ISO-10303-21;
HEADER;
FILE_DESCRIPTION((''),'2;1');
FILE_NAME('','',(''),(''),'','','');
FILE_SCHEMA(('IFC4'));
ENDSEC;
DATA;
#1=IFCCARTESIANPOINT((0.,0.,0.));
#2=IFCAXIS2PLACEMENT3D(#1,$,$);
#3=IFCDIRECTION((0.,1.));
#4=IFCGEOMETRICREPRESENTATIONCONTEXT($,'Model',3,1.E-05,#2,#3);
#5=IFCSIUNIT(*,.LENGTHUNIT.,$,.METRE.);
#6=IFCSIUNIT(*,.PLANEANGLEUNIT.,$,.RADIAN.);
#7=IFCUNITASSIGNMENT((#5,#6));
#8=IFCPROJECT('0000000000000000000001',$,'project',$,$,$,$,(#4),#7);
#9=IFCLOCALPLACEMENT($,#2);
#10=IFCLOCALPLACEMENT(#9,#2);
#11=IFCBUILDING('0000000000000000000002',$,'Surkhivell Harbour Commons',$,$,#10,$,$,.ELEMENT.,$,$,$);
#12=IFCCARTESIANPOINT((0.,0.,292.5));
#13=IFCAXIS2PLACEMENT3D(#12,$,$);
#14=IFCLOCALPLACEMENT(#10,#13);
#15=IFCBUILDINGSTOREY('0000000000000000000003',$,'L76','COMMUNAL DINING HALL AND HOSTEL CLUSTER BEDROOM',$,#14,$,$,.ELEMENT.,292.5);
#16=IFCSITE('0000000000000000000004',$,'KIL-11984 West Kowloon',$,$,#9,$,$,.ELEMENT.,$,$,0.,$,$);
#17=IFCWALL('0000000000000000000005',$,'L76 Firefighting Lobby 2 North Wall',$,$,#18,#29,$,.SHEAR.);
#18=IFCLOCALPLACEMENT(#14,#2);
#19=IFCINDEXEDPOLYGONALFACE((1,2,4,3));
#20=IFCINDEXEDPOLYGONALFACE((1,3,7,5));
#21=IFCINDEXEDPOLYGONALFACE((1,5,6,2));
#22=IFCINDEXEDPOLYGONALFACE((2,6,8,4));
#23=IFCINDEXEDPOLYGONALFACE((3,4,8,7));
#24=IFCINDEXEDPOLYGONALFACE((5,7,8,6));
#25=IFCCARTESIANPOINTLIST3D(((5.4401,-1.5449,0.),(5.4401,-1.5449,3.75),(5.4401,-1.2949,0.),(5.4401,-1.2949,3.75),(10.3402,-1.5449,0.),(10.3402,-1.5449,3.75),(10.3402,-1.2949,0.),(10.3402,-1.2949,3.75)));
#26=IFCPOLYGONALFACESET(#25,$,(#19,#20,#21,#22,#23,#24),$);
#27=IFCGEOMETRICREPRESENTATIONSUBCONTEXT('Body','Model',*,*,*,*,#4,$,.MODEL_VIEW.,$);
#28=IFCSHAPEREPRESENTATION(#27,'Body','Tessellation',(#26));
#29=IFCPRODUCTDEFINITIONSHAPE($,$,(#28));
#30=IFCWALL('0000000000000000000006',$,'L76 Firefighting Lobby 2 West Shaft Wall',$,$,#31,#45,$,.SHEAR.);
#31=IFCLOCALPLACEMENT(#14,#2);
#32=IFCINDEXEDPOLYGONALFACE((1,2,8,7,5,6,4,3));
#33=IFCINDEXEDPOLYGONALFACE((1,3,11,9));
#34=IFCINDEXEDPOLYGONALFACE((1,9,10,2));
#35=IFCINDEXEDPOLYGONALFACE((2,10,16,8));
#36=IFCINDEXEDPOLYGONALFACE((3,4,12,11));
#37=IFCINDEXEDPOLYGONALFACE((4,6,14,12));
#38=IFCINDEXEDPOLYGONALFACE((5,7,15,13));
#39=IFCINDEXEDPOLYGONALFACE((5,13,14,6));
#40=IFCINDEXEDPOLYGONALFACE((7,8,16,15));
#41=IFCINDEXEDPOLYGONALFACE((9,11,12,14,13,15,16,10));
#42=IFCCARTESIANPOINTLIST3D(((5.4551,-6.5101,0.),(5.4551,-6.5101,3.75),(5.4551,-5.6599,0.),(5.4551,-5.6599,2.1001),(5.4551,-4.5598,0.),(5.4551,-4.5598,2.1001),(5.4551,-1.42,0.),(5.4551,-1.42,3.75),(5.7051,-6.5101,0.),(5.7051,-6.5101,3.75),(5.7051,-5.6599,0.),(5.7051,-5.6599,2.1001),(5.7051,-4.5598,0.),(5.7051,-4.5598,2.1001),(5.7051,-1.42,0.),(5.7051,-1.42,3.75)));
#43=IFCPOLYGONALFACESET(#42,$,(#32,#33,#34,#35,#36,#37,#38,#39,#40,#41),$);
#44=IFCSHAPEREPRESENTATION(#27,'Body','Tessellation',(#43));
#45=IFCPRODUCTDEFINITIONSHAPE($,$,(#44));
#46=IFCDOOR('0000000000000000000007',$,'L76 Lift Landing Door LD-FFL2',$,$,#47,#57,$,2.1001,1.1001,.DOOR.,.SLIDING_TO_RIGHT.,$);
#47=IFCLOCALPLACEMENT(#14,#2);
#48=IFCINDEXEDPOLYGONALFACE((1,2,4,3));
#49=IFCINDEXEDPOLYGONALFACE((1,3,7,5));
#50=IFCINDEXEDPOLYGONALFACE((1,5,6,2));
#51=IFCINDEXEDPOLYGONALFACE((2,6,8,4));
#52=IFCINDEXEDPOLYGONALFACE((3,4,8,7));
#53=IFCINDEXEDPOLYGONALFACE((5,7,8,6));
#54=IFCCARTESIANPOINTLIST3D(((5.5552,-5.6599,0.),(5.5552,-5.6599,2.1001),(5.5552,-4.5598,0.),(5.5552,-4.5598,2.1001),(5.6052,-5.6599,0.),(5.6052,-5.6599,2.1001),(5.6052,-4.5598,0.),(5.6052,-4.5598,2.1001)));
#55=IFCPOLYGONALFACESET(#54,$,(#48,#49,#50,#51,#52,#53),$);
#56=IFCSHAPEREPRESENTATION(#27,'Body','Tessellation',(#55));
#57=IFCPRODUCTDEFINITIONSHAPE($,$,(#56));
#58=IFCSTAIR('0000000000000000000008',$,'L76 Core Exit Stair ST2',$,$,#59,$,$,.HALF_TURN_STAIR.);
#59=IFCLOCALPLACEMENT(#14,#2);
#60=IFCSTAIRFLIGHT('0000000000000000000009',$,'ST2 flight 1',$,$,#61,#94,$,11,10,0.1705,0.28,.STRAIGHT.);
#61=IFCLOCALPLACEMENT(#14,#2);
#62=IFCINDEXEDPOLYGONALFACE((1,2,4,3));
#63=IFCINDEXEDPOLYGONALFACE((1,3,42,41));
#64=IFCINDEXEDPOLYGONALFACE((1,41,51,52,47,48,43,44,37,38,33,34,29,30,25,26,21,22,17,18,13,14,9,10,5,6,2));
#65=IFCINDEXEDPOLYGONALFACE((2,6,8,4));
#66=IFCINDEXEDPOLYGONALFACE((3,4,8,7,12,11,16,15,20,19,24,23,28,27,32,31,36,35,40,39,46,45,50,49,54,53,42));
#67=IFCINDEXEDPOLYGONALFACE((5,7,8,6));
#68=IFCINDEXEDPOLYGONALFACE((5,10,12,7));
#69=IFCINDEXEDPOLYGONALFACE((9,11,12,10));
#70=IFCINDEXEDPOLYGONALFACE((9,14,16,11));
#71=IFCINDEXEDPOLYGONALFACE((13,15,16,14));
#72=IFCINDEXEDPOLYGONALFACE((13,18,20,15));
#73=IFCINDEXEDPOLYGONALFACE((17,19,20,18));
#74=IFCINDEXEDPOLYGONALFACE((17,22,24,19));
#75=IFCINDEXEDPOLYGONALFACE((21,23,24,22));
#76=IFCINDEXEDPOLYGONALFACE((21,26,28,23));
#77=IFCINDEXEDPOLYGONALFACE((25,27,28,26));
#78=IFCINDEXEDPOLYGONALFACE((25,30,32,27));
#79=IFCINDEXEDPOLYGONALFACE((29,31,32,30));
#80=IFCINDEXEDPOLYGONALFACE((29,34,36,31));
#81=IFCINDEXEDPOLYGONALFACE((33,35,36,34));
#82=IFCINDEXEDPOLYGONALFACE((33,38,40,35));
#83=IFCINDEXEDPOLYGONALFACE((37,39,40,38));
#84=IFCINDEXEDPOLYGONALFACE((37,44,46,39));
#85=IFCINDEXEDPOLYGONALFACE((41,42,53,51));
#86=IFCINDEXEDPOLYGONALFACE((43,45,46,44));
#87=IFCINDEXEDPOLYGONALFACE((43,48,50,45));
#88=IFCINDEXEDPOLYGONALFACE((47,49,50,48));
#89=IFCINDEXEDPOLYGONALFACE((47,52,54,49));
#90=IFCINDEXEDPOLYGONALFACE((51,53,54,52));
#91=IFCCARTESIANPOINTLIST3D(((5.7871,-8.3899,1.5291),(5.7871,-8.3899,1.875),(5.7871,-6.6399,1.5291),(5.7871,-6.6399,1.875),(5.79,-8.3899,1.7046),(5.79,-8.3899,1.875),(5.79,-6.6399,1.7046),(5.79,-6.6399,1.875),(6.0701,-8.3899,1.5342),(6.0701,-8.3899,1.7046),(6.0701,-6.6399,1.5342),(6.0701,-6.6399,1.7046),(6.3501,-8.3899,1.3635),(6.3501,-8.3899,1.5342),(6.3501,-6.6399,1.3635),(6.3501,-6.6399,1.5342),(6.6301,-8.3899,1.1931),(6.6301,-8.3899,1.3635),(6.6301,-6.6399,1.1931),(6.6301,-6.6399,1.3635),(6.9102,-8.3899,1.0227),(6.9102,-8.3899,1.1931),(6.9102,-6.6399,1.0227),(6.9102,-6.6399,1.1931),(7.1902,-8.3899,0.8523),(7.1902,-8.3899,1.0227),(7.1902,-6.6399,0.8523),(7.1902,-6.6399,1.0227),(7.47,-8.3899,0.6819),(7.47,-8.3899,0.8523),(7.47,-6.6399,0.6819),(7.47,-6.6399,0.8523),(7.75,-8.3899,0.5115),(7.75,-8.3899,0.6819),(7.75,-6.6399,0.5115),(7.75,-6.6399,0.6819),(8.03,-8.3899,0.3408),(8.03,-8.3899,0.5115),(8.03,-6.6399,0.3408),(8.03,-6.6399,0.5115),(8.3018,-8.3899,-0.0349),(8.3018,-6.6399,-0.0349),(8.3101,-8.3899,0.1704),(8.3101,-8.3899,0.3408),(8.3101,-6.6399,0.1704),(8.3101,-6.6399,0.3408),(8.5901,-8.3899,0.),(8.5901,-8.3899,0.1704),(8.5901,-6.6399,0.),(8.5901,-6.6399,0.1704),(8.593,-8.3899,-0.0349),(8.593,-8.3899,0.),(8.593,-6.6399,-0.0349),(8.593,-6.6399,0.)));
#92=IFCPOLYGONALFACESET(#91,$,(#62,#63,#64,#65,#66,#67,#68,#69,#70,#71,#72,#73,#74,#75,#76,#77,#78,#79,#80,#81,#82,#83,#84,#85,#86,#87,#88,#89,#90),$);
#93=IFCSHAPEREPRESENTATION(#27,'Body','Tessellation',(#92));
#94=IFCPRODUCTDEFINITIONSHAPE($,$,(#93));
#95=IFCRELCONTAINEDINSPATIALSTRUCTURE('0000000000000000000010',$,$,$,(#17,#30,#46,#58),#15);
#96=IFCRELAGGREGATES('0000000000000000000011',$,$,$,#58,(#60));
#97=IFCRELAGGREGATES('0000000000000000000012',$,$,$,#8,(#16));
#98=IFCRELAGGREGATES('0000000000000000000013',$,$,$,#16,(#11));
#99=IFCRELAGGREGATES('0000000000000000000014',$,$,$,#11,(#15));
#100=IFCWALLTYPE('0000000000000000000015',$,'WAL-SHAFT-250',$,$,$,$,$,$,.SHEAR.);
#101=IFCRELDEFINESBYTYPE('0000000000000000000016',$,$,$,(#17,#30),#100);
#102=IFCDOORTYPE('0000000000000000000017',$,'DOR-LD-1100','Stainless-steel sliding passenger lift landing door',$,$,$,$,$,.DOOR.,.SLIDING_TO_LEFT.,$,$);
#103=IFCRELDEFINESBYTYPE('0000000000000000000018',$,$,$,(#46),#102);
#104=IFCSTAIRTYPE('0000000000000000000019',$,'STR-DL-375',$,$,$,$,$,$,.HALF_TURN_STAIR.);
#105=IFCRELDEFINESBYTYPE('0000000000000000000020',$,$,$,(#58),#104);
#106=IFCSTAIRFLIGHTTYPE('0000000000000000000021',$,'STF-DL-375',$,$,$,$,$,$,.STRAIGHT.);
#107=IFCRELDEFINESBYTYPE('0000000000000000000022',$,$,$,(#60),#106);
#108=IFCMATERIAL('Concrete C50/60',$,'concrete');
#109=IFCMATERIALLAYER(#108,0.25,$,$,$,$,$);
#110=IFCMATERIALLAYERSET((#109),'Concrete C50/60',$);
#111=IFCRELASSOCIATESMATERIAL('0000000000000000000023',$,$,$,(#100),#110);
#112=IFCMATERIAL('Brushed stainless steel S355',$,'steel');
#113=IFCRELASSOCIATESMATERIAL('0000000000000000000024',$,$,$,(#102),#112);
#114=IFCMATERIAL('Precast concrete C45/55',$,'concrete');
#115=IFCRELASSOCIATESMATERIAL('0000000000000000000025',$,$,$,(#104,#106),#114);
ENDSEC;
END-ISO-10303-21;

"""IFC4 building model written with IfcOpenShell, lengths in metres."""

from ifc_helpers import new_model, si_unit, direction, frame, frame_2d, origin, place, context, subcontext, project, spatial, polyline, rectangle, outline, extrude, material, layer, layer_set, type_object, element, fill, aggregate, save


model = new_model("IFC4")

# Units and contexts
model_context = context("Model", 3, precision=1e-05, world=origin(), true_north=direction((0.0, 1.0)))
body_context = subcontext(model_context, "Body", "Model", "MODEL_VIEW")
ifc_project = project(units=[si_unit("LENGTHUNIT", "METRE"), si_unit("PLANEANGLEUNIT", "RADIAN")], contexts=[model_context])

# Site, building, storey
site_placement = place(None, origin())
site = spatial("IfcSite", under=ifc_project, at=site_placement, Name="KIL-11984 West Kowloon", CompositionType="ELEMENT", RefElevation=0.0)
building_placement = place(site_placement, origin())
building = spatial("IfcBuilding", under=site, at=building_placement, Name="Surkhivell Harbour Commons", CompositionType="ELEMENT")
storey_placement = place(building_placement, frame((0.0, 0.0, 292.5)))
storey = spatial("IfcBuildingStorey", under=building, at=storey_placement, Name="L76", Description="COMMUNAL DINING HALL AND HOSTEL CLUSTER BEDROOM", CompositionType="ELEMENT", Elevation=292.5)

# Shared definitions
ifc_material_1 = material(Name="Concrete C50/60", Category="concrete")

# Wall
ifc_layer_1 = layer(ifc_material_1, 0.25)
ifc_layer_set_1 = layer_set([ifc_layer_1], Name="Concrete C50/60")
wall_type_1 = type_object("IfcWallType", Name="WAL-SHAFT-250", PredefinedType="SHEAR", material=ifc_layer_set_1)
wall_1_placement = place(storey_placement, frame((5.4399, -1.4199, 0.0), z_axis=(0.0, 0.0, 1.0), x_axis=(1.0, 0.0, 0.0)))
element("IfcWall", 1, at=wall_1_placement, inside=storey, type_object=wall_type_1, Name="L76 Firefighting Lobby 2 North Wall", PredefinedType="SHEAR", context=body_context, shape_type="SweptSolid", body=[
    extrude(rectangle(XDim=4.9001, YDim=0.25, at=frame_2d((2.4502, 0.0))), origin(), (0.0, 0.0, 1.0), 3.75),
])

# Wall, opening, door
wall_2_placement = place(storey_placement, frame((5.5801, -6.51, 0.0), z_axis=(0.0, 0.0, 1.0), x_axis=(0.0, 1.0, 0.0)))
wall_2 = element("IfcWall", 2, at=wall_2_placement, inside=storey, type_object=wall_type_1, Name="L76 Firefighting Lobby 2 West Shaft Wall", PredefinedType="SHEAR", context=body_context, shape_type="SweptSolid", body=[
    extrude(rectangle(XDim=5.0901, YDim=0.25, at=frame_2d((2.5449, 0.0))), origin(), (0.0, 0.0, 1.0), 3.75),
])
opening_1_placement = place(wall_2_placement, frame((0.8501, 0.0, 0.0)))
opening_1 = element("IfcOpeningElement", 3, at=opening_1_placement, cuts=wall_2, PredefinedType="OPENING", context=body_context, shape_type="SweptSolid", body=[
    extrude(rectangle(XDim=1.1001, YDim=2.1001, at=frame_2d((0.55, 1.05))), frame((0.0, 0.135, 0.0), z_axis=(0.0, -1.0, 0.0), x_axis=(1.0, 0.0, 0.0)), (0.0, 0.0, 1.0), 0.27),
])
ifc_material_2 = material(Name="Brushed stainless steel S355", Category="steel")
door_type_1 = type_object("IfcDoorType", Name="DOR-LD-1100", Description="Stainless-steel sliding passenger lift landing door", OperationType="SLIDING_TO_LEFT", PredefinedType="DOOR", material=ifc_material_2)
door_1_placement = place(opening_1_placement, origin())
door_1 = element("IfcDoor", 4, at=door_1_placement, inside=storey, type_object=door_type_1, Name="L76 Lift Landing Door LD-FFL2", OperationType="SLIDING_TO_RIGHT", OverallHeight=2.1001, OverallWidth=1.1001, PredefinedType="DOOR", context=body_context, shape_type="SweptSolid", body=[
    extrude(rectangle(XDim=1.1001, YDim=2.1001, at=frame_2d((0.55, 1.05))), frame((0.0, 0.0249, 0.0), z_axis=(0.0, -1.0, 0.0), x_axis=(1.0, 0.0, 0.0)), (0.0, 0.0, 1.0), 0.05),
])
fill(opening_1, door_1)

# Stair, stair flight
ifc_material_3 = material(Name="Precast concrete C45/55", Category="concrete")
stair_type = type_object("IfcStairType", Name="STR-DL-375", PredefinedType="HALF_TURN_STAIR", material=ifc_material_3)
stair_placement = place(storey_placement, origin())
stair = element("IfcStair", 5, at=stair_placement, inside=storey, type_object=stair_type, Name="L76 Core Exit Stair ST2", PredefinedType="HALF_TURN_STAIR")
stair_flight_type = type_object("IfcStairFlightType", Name="STF-DL-375", PredefinedType="STRAIGHT", material=ifc_material_3)
stair_flight_placement = place(storey_placement, frame((8.5901, -7.5149, 0.0), z_axis=(0.0, 0.0, 1.0), x_axis=(-1.0, 0.0, 0.0)))
stair_flight = element("IfcStairFlight", 6, at=stair_flight_placement, type_object=stair_flight_type, Name="ST2 flight 1", NumberOfRisers=11, NumberOfTreads=10, PredefinedType="STRAIGHT", RiserHeight=0.1705, TreadLength=0.28, context=body_context, shape_type="SweptSolid", body=[
    extrude(outline(polyline([(-0.0029, -0.0349), (-0.0029, 0.0), (0.0, 0.0), (0.0, 0.1704), (0.28, 0.1704), (0.28, 0.3408), (0.5601, 0.3408), (0.5601, 0.5115), (0.8401, 0.5115), (0.8401, 0.6819), (1.1201, 0.6819), (1.1201, 0.8523), (1.3999, 0.8523), (1.3999, 1.0227), (1.6799, 1.0227), (1.6799, 1.1931), (1.96, 1.1931), (1.96, 1.3635), (2.24, 1.3635), (2.24, 1.5342), (2.52, 1.5342), (2.52, 1.7046), (2.8, 1.7046), (2.8, 1.875), (2.803, 1.875), (2.803, 1.5291), (0.2883, -0.0349), (-0.0029, -0.0349)])), frame((0.0, 0.875, 0.0), z_axis=(0.0, -1.0, 0.0), x_axis=(1.0, 0.0, 0.0)), (0.0, 0.0, 1.0), 1.75),
])
aggregate(stair, [stair_flight])

save(model, "model.ifc")
